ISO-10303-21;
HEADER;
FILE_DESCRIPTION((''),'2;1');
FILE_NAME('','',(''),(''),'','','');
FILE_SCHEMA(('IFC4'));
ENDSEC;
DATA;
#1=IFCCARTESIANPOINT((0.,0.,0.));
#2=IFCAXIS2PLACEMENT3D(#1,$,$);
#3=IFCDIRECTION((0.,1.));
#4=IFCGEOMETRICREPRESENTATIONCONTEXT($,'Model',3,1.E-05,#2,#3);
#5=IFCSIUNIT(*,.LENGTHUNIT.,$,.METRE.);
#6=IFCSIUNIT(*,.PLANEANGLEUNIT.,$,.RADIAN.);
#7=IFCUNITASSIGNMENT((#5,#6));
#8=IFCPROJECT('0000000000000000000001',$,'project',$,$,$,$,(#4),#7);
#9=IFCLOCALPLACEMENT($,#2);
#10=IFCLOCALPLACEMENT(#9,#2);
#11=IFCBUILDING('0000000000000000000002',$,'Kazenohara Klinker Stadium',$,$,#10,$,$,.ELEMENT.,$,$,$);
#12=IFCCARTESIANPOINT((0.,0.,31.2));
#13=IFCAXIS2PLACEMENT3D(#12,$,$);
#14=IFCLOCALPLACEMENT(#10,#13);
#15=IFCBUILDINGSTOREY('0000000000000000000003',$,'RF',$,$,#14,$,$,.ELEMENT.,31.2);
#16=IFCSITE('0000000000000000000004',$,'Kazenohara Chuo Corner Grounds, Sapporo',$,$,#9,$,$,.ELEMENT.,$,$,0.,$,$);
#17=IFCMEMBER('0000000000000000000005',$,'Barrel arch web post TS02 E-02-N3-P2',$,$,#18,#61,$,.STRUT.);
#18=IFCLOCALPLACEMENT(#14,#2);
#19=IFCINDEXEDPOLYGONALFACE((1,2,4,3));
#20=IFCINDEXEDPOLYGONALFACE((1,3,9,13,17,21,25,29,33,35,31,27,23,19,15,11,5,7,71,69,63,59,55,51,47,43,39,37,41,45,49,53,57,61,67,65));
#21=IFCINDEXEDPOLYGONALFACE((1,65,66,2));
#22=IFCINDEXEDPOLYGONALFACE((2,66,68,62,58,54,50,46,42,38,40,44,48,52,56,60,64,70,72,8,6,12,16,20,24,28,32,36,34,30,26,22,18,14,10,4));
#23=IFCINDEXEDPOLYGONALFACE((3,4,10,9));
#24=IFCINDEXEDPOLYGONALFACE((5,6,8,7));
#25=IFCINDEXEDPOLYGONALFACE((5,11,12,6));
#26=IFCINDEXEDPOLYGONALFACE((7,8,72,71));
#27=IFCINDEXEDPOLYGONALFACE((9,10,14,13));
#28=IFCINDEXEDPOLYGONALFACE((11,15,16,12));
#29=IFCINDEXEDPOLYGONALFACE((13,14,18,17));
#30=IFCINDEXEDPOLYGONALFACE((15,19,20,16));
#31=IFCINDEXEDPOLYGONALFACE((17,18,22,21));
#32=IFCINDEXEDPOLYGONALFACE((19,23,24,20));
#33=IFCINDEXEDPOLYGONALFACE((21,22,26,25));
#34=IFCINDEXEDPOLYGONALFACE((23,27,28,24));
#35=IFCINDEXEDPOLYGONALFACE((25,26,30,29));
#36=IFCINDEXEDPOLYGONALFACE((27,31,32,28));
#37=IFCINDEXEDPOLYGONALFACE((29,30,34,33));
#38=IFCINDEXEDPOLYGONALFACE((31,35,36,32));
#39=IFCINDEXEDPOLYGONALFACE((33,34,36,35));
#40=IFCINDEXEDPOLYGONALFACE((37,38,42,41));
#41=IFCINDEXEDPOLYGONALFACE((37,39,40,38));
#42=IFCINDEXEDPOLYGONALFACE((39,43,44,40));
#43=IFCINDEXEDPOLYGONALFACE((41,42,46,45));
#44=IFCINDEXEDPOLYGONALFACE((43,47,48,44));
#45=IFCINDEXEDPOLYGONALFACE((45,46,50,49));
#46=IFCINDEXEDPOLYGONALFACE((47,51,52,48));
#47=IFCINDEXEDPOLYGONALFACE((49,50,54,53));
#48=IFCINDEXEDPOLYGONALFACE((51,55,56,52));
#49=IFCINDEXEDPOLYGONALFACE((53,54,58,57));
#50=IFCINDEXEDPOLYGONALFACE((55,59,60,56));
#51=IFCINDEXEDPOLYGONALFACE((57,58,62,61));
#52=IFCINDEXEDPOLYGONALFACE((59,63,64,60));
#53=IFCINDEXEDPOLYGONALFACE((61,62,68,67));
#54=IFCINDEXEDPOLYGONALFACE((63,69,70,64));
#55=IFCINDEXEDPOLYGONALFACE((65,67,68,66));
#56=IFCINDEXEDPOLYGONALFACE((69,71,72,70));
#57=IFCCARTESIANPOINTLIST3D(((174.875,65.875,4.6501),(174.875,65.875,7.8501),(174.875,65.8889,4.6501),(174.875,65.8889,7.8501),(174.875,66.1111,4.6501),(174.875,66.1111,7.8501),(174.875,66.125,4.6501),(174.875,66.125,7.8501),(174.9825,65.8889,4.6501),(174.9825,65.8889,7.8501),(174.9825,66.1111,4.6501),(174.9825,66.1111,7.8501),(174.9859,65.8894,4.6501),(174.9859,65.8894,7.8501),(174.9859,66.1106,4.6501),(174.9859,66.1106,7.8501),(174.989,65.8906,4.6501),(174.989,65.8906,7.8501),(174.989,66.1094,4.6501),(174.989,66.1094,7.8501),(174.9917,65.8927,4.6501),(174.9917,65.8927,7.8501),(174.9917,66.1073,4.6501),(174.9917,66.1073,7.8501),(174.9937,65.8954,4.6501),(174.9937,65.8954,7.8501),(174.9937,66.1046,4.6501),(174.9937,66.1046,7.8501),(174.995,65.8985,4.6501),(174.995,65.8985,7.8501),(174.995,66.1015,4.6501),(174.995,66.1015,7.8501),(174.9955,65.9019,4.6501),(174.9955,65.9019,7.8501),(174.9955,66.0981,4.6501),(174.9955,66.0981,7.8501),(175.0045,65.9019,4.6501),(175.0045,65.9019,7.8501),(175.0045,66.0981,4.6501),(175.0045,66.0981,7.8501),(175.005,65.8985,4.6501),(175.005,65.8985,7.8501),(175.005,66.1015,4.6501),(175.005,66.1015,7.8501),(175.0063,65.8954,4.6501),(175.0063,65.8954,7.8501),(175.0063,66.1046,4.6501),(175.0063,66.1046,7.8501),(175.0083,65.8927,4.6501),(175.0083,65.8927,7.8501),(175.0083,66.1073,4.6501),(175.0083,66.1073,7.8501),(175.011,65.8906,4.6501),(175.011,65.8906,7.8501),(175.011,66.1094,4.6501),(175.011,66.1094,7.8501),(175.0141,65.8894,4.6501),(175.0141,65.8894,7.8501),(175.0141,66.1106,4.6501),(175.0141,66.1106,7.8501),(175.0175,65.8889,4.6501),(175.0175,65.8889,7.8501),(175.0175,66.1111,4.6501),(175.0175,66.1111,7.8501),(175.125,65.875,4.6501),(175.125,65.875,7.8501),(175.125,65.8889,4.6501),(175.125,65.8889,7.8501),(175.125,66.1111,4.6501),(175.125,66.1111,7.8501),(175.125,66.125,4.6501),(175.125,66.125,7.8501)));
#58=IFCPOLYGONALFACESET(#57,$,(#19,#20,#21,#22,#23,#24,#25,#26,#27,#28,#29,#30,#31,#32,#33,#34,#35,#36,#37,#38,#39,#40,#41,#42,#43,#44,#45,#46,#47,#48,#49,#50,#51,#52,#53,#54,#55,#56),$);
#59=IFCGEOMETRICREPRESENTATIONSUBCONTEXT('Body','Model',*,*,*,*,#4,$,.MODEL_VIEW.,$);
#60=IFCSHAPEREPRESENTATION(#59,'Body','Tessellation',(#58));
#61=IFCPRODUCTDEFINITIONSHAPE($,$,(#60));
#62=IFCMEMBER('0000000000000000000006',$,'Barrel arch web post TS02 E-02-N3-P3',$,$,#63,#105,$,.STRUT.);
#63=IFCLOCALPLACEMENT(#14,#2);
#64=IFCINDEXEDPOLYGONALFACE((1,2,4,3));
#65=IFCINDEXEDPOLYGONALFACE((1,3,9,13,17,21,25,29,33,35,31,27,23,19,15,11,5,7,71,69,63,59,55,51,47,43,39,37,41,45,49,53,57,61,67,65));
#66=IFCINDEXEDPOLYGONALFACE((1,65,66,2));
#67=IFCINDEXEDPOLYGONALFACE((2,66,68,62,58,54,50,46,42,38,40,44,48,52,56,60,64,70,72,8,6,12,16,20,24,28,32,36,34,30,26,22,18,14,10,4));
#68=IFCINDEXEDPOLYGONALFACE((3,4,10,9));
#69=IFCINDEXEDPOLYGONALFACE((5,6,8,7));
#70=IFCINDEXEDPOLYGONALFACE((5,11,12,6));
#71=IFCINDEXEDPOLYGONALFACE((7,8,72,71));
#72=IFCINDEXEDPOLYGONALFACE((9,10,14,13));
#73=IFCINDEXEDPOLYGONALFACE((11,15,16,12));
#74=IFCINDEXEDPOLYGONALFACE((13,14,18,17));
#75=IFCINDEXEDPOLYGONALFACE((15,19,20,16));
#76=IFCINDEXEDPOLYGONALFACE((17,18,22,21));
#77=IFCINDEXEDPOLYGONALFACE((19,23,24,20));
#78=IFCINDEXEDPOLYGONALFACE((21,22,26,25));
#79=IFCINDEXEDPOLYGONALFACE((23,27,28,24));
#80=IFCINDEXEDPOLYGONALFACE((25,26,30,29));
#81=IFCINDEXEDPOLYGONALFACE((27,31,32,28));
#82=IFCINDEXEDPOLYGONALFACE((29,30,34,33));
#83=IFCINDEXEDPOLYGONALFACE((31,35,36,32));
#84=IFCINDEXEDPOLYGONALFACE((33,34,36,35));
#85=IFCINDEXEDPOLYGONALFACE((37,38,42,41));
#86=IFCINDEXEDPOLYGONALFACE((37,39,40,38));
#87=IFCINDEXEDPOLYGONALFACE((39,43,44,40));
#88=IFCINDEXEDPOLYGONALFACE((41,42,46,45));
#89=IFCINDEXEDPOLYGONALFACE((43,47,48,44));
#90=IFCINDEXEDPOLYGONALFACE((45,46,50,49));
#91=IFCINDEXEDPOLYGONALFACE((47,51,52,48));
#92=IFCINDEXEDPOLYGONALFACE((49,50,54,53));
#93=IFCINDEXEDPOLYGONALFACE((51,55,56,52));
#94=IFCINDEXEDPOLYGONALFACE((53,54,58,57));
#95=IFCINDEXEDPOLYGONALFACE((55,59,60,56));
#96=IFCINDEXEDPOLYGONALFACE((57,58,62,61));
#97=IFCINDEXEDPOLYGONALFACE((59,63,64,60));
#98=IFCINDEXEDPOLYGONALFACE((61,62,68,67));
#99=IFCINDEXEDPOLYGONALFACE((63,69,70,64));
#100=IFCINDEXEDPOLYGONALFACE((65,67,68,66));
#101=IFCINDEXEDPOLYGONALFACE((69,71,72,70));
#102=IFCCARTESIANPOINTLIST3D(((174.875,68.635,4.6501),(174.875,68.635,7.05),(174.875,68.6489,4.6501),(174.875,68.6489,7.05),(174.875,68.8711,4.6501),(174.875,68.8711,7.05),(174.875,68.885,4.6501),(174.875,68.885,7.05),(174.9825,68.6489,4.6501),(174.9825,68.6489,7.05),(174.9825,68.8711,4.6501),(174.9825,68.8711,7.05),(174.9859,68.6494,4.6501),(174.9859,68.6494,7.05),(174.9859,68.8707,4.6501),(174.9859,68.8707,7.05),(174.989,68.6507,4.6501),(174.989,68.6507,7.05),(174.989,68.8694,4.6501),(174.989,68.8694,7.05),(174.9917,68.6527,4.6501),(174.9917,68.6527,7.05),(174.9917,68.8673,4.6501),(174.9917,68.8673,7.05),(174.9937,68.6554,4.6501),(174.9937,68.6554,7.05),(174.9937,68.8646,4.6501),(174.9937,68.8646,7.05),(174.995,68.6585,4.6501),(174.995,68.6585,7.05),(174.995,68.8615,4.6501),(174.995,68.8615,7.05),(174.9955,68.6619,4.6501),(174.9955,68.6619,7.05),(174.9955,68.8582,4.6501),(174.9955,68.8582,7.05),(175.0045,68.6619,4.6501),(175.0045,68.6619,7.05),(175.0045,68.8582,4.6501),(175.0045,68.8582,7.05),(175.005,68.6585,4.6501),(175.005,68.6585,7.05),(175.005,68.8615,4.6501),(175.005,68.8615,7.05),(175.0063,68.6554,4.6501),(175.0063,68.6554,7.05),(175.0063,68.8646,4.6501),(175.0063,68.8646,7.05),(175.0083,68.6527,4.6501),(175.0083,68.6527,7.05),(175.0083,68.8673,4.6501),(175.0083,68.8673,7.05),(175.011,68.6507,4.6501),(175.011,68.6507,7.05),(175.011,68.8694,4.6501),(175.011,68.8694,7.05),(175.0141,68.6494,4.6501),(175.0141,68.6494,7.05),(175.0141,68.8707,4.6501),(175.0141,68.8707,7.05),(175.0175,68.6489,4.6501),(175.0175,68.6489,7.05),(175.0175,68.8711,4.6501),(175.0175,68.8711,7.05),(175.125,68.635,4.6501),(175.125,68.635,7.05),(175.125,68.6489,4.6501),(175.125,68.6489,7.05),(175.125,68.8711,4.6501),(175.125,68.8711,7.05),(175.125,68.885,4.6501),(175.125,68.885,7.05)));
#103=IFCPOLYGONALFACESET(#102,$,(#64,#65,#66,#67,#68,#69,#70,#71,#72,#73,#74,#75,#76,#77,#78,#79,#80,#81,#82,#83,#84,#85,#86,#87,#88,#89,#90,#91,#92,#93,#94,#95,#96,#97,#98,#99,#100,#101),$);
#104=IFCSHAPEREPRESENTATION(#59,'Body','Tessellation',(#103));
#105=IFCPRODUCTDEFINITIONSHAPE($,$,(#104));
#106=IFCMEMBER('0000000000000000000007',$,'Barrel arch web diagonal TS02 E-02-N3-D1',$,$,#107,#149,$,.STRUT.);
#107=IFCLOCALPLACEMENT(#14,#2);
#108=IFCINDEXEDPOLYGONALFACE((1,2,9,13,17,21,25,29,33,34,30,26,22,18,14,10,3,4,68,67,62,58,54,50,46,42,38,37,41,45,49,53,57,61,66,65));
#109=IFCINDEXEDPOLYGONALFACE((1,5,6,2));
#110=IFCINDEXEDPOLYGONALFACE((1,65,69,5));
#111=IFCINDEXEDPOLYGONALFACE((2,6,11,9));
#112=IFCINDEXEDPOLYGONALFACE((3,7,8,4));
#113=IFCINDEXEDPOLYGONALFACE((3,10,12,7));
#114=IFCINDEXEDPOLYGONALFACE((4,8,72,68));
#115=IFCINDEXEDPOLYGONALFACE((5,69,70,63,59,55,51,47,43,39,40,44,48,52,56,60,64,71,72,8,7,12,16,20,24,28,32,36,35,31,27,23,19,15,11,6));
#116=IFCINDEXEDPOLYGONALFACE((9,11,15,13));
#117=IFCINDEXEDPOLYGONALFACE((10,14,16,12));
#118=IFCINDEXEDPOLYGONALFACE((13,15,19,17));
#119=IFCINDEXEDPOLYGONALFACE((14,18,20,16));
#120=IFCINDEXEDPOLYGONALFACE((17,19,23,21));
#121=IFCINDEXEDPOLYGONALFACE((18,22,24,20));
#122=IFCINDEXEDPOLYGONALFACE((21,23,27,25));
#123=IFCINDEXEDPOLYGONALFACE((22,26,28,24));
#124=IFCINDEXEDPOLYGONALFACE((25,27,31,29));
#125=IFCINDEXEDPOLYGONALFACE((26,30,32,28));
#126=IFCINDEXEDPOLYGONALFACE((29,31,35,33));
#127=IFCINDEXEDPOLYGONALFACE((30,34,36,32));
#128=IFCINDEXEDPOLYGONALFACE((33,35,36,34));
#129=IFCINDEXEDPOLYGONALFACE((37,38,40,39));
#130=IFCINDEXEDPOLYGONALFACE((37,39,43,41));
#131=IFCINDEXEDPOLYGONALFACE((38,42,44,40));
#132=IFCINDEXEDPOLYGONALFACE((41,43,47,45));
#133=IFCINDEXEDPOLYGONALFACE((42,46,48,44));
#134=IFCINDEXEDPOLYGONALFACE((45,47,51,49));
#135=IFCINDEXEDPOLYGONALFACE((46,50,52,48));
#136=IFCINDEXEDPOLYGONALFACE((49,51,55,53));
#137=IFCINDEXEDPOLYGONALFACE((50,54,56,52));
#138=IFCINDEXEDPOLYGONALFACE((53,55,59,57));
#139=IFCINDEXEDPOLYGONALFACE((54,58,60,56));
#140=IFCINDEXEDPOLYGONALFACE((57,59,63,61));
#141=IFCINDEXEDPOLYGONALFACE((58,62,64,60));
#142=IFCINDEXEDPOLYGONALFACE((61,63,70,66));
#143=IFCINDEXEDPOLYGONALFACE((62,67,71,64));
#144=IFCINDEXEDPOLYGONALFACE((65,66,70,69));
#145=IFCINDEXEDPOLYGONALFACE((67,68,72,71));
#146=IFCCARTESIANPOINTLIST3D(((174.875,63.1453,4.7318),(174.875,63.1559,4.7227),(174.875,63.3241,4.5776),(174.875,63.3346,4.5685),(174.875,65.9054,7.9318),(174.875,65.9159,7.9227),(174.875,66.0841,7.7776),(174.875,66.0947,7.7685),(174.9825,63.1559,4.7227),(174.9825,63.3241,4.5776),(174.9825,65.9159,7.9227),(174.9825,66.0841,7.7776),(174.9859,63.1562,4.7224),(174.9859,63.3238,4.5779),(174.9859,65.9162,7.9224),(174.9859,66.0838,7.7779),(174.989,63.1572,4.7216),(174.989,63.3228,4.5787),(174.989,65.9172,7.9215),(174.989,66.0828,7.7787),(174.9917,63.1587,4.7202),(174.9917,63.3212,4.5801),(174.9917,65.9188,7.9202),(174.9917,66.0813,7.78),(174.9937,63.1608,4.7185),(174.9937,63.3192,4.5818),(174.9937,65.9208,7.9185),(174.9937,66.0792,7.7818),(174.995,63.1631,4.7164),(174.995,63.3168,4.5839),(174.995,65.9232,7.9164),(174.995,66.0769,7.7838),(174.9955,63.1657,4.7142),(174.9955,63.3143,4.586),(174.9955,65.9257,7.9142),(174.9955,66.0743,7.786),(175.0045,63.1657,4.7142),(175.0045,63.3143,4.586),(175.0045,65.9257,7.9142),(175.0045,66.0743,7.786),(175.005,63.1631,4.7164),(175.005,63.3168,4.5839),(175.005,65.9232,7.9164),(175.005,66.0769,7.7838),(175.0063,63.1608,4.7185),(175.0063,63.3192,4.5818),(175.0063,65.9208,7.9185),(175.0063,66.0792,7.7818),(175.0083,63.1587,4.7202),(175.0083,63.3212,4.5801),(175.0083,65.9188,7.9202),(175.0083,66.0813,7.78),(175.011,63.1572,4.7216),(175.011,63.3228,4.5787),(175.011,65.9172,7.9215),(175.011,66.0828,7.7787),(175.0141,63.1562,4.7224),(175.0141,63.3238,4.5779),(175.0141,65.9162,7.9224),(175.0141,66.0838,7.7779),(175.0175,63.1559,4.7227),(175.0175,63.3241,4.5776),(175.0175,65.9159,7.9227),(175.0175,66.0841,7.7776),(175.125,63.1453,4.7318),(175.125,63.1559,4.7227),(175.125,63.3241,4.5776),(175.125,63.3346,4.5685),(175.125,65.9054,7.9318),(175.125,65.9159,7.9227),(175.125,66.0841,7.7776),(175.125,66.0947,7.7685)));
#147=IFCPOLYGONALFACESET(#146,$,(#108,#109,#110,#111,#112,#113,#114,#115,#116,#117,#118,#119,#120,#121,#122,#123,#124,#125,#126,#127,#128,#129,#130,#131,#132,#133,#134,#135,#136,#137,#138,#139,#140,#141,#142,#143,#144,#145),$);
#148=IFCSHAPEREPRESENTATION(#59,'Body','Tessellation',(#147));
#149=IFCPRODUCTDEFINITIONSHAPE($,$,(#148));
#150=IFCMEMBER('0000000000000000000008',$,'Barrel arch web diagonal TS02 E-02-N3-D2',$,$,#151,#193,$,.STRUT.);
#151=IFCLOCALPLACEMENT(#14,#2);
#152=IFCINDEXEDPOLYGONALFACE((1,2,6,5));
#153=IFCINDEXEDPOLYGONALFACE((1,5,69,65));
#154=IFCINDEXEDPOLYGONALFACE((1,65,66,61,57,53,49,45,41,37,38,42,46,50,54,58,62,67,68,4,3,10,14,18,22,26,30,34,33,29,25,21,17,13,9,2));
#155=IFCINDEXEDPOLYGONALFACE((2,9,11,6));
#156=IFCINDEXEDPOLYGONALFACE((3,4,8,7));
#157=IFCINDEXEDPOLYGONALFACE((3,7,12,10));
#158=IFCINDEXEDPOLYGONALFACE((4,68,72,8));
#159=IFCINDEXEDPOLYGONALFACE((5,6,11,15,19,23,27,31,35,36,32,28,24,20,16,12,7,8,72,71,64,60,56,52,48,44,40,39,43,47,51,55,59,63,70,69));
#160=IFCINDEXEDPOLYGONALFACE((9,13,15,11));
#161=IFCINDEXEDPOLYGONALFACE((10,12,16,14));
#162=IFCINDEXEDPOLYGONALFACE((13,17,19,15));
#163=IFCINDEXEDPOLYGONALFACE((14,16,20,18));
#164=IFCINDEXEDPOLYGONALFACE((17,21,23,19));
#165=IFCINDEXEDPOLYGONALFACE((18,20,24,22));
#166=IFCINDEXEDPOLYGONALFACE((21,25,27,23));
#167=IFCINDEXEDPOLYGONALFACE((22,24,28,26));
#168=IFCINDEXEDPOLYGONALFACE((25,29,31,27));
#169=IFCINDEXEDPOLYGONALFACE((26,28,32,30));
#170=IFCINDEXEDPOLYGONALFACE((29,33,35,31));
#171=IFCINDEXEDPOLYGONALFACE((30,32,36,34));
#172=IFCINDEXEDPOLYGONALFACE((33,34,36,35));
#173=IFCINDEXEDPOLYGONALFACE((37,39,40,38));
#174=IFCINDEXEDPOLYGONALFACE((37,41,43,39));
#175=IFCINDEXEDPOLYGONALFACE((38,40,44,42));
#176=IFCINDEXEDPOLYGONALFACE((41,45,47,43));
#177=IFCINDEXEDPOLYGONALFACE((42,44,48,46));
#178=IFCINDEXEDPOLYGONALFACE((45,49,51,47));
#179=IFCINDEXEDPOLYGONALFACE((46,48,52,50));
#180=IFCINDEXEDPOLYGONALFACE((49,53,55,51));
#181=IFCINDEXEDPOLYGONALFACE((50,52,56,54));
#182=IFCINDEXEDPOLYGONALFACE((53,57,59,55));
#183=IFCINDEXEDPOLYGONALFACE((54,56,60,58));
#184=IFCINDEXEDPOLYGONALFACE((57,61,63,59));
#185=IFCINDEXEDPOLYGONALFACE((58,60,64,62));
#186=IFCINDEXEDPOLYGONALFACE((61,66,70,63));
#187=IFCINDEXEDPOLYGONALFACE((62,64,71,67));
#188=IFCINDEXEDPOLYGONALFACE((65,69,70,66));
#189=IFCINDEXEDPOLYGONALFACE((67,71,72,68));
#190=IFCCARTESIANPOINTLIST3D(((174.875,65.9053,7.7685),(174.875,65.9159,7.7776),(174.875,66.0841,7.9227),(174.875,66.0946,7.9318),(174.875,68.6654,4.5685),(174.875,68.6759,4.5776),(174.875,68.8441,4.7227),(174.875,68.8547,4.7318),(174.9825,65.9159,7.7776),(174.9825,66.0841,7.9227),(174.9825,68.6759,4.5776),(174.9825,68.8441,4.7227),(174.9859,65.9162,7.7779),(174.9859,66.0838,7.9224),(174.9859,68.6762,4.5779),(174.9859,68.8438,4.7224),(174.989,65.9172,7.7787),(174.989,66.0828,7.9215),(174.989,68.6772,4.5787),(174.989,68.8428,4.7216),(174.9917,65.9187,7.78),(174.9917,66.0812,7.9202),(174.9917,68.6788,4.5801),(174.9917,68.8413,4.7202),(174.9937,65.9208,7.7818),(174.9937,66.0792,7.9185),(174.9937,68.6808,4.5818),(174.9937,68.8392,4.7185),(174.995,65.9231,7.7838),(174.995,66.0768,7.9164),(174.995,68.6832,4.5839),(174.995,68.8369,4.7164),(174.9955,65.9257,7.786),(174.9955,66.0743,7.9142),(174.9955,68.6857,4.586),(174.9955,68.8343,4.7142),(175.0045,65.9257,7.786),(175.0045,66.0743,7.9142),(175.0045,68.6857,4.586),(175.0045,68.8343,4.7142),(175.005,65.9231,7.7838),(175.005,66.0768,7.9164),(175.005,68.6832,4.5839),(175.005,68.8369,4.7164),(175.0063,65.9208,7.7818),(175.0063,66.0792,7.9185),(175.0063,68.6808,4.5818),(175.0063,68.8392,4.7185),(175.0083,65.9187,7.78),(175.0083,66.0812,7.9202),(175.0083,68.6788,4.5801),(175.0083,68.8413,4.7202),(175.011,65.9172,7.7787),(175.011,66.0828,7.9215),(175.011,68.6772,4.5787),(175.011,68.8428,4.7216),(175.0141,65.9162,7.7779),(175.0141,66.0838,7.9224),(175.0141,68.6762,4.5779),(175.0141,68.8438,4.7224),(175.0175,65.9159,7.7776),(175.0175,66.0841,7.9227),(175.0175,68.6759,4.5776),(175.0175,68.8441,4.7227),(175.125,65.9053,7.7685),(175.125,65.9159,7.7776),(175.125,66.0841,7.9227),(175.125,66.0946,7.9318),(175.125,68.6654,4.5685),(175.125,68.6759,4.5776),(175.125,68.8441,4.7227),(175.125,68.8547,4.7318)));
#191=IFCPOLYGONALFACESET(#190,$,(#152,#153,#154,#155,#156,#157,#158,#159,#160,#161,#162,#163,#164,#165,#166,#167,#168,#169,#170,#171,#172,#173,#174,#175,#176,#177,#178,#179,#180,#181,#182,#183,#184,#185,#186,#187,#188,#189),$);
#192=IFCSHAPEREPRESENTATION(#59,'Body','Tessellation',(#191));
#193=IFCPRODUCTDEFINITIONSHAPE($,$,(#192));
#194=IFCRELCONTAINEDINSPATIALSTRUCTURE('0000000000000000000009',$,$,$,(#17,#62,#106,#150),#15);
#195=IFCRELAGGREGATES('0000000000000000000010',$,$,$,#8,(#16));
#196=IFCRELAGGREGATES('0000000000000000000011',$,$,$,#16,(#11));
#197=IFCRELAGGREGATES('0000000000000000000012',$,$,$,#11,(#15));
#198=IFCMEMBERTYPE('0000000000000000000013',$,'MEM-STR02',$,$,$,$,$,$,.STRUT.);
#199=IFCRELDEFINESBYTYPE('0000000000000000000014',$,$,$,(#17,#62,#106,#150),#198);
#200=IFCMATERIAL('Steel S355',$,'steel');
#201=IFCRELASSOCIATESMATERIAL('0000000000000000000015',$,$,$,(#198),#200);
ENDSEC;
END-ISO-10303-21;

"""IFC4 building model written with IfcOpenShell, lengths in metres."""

from ifc_helpers import new_model, si_unit, direction, frame, origin, origin_2d, place, context, subcontext, project, spatial, i_section, extrude, material, material_profile, profile_set, type_object, element, save


model = new_model("IFC4")

# Units and contexts
model_context = context("Model", 3, precision=1e-05, world=origin(), true_north=direction((0.0, 1.0)))
body_context = subcontext(model_context, "Body", "Model", "MODEL_VIEW")
ifc_project = project(units=[si_unit("LENGTHUNIT", "METRE"), si_unit("PLANEANGLEUNIT", "RADIAN")], contexts=[model_context])

# Site, building, storey
site_placement = place(None, origin())
site = spatial("IfcSite", under=ifc_project, at=site_placement, Name="Kazenohara Chuo Corner Grounds, Sapporo", CompositionType="ELEMENT", RefElevation=0.0)
building_placement = place(site_placement, origin())
building = spatial("IfcBuilding", under=site, at=building_placement, Name="Kazenohara Klinker Stadium", CompositionType="ELEMENT")
storey_placement = place(building_placement, frame((0.0, 0.0, 31.2)))
storey = spatial("IfcBuildingStorey", under=building, at=storey_placement, Name="RF", CompositionType="ELEMENT", Elevation=31.2)

# Members
ifc_material_1 = material(Name="Steel S355", Category="steel")
ifc_material_profile_1 = material_profile(ifc_material_1, i_section(OverallWidth=0.25, OverallDepth=0.25, WebThickness=0.009, FlangeThickness=0.0139, FilletRadius=0.0129, at=origin_2d()), Name="H-250x250x9x14")
ifc_profile_set_1 = profile_set([ifc_material_profile_1], Name="Steel S355")
member_type_1 = type_object("IfcMemberType", Name="MEM-STR02", PredefinedType="STRUT", material=ifc_profile_set_1)
member_1_placement = place(storey_placement, frame((175.0, 66.0, 4.6501), z_axis=(0.0, 0.0, 1.0), x_axis=(1.0, 0.0, 0.0)))
element("IfcMember", 1, at=member_1_placement, inside=storey, type_object=member_type_1, Name="Barrel arch web post TS02 E-02-N3-P2", PredefinedType="STRUT", context=body_context, shape_type="SweptSolid", body=[
    extrude(i_section(OverallWidth=0.25, OverallDepth=0.25, WebThickness=0.009, FlangeThickness=0.0139, FilletRadius=0.0129, at=origin_2d()), origin(), (0.0, 0.0, 1.0), 3.2),
])
member_2_placement = place(storey_placement, frame((175.0, 68.76, 4.6501), z_axis=(0.0, 0.0, 1.0), x_axis=(1.0, 0.0, 0.0)))
element("IfcMember", 2, at=member_2_placement, inside=storey, type_object=member_type_1, Name="Barrel arch web post TS02 E-02-N3-P3", PredefinedType="STRUT", context=body_context, shape_type="SweptSolid", body=[
    extrude(i_section(OverallWidth=0.25, OverallDepth=0.25, WebThickness=0.009, FlangeThickness=0.0139, FilletRadius=0.0129, at=origin_2d()), origin(), (0.0, 0.0, 1.0), 2.3999),
])
for number, where, z_axis, x_axis, name in (
    (3, (175.0, 63.24, 4.6501), (0.0, 0.653134, 0.757242), (-1.0, 0.0, 0.0), "Barrel arch web diagonal TS02 E-02-N3-D1"),
    (4, (175.0, 68.76, 4.6501), (0.0, -0.653134, 0.757242), (1.0, 0.0, 0.0), "Barrel arch web diagonal TS02 E-02-N3-D2"),
):
    element("IfcMember", number, at=place(storey_placement, frame(where, z_axis=z_axis, x_axis=x_axis)), inside=storey, type_object=member_type_1, Name=name, PredefinedType="STRUT", context=body_context, shape_type="SweptSolid", body=[
        extrude(i_section(OverallWidth=0.25, OverallDepth=0.25, WebThickness=0.009, FlangeThickness=0.0139, FilletRadius=0.0129, at=origin_2d()), origin(), (0.0, 0.0, 1.0), 4.2258),
    ])

save(model, "model.ifc")
